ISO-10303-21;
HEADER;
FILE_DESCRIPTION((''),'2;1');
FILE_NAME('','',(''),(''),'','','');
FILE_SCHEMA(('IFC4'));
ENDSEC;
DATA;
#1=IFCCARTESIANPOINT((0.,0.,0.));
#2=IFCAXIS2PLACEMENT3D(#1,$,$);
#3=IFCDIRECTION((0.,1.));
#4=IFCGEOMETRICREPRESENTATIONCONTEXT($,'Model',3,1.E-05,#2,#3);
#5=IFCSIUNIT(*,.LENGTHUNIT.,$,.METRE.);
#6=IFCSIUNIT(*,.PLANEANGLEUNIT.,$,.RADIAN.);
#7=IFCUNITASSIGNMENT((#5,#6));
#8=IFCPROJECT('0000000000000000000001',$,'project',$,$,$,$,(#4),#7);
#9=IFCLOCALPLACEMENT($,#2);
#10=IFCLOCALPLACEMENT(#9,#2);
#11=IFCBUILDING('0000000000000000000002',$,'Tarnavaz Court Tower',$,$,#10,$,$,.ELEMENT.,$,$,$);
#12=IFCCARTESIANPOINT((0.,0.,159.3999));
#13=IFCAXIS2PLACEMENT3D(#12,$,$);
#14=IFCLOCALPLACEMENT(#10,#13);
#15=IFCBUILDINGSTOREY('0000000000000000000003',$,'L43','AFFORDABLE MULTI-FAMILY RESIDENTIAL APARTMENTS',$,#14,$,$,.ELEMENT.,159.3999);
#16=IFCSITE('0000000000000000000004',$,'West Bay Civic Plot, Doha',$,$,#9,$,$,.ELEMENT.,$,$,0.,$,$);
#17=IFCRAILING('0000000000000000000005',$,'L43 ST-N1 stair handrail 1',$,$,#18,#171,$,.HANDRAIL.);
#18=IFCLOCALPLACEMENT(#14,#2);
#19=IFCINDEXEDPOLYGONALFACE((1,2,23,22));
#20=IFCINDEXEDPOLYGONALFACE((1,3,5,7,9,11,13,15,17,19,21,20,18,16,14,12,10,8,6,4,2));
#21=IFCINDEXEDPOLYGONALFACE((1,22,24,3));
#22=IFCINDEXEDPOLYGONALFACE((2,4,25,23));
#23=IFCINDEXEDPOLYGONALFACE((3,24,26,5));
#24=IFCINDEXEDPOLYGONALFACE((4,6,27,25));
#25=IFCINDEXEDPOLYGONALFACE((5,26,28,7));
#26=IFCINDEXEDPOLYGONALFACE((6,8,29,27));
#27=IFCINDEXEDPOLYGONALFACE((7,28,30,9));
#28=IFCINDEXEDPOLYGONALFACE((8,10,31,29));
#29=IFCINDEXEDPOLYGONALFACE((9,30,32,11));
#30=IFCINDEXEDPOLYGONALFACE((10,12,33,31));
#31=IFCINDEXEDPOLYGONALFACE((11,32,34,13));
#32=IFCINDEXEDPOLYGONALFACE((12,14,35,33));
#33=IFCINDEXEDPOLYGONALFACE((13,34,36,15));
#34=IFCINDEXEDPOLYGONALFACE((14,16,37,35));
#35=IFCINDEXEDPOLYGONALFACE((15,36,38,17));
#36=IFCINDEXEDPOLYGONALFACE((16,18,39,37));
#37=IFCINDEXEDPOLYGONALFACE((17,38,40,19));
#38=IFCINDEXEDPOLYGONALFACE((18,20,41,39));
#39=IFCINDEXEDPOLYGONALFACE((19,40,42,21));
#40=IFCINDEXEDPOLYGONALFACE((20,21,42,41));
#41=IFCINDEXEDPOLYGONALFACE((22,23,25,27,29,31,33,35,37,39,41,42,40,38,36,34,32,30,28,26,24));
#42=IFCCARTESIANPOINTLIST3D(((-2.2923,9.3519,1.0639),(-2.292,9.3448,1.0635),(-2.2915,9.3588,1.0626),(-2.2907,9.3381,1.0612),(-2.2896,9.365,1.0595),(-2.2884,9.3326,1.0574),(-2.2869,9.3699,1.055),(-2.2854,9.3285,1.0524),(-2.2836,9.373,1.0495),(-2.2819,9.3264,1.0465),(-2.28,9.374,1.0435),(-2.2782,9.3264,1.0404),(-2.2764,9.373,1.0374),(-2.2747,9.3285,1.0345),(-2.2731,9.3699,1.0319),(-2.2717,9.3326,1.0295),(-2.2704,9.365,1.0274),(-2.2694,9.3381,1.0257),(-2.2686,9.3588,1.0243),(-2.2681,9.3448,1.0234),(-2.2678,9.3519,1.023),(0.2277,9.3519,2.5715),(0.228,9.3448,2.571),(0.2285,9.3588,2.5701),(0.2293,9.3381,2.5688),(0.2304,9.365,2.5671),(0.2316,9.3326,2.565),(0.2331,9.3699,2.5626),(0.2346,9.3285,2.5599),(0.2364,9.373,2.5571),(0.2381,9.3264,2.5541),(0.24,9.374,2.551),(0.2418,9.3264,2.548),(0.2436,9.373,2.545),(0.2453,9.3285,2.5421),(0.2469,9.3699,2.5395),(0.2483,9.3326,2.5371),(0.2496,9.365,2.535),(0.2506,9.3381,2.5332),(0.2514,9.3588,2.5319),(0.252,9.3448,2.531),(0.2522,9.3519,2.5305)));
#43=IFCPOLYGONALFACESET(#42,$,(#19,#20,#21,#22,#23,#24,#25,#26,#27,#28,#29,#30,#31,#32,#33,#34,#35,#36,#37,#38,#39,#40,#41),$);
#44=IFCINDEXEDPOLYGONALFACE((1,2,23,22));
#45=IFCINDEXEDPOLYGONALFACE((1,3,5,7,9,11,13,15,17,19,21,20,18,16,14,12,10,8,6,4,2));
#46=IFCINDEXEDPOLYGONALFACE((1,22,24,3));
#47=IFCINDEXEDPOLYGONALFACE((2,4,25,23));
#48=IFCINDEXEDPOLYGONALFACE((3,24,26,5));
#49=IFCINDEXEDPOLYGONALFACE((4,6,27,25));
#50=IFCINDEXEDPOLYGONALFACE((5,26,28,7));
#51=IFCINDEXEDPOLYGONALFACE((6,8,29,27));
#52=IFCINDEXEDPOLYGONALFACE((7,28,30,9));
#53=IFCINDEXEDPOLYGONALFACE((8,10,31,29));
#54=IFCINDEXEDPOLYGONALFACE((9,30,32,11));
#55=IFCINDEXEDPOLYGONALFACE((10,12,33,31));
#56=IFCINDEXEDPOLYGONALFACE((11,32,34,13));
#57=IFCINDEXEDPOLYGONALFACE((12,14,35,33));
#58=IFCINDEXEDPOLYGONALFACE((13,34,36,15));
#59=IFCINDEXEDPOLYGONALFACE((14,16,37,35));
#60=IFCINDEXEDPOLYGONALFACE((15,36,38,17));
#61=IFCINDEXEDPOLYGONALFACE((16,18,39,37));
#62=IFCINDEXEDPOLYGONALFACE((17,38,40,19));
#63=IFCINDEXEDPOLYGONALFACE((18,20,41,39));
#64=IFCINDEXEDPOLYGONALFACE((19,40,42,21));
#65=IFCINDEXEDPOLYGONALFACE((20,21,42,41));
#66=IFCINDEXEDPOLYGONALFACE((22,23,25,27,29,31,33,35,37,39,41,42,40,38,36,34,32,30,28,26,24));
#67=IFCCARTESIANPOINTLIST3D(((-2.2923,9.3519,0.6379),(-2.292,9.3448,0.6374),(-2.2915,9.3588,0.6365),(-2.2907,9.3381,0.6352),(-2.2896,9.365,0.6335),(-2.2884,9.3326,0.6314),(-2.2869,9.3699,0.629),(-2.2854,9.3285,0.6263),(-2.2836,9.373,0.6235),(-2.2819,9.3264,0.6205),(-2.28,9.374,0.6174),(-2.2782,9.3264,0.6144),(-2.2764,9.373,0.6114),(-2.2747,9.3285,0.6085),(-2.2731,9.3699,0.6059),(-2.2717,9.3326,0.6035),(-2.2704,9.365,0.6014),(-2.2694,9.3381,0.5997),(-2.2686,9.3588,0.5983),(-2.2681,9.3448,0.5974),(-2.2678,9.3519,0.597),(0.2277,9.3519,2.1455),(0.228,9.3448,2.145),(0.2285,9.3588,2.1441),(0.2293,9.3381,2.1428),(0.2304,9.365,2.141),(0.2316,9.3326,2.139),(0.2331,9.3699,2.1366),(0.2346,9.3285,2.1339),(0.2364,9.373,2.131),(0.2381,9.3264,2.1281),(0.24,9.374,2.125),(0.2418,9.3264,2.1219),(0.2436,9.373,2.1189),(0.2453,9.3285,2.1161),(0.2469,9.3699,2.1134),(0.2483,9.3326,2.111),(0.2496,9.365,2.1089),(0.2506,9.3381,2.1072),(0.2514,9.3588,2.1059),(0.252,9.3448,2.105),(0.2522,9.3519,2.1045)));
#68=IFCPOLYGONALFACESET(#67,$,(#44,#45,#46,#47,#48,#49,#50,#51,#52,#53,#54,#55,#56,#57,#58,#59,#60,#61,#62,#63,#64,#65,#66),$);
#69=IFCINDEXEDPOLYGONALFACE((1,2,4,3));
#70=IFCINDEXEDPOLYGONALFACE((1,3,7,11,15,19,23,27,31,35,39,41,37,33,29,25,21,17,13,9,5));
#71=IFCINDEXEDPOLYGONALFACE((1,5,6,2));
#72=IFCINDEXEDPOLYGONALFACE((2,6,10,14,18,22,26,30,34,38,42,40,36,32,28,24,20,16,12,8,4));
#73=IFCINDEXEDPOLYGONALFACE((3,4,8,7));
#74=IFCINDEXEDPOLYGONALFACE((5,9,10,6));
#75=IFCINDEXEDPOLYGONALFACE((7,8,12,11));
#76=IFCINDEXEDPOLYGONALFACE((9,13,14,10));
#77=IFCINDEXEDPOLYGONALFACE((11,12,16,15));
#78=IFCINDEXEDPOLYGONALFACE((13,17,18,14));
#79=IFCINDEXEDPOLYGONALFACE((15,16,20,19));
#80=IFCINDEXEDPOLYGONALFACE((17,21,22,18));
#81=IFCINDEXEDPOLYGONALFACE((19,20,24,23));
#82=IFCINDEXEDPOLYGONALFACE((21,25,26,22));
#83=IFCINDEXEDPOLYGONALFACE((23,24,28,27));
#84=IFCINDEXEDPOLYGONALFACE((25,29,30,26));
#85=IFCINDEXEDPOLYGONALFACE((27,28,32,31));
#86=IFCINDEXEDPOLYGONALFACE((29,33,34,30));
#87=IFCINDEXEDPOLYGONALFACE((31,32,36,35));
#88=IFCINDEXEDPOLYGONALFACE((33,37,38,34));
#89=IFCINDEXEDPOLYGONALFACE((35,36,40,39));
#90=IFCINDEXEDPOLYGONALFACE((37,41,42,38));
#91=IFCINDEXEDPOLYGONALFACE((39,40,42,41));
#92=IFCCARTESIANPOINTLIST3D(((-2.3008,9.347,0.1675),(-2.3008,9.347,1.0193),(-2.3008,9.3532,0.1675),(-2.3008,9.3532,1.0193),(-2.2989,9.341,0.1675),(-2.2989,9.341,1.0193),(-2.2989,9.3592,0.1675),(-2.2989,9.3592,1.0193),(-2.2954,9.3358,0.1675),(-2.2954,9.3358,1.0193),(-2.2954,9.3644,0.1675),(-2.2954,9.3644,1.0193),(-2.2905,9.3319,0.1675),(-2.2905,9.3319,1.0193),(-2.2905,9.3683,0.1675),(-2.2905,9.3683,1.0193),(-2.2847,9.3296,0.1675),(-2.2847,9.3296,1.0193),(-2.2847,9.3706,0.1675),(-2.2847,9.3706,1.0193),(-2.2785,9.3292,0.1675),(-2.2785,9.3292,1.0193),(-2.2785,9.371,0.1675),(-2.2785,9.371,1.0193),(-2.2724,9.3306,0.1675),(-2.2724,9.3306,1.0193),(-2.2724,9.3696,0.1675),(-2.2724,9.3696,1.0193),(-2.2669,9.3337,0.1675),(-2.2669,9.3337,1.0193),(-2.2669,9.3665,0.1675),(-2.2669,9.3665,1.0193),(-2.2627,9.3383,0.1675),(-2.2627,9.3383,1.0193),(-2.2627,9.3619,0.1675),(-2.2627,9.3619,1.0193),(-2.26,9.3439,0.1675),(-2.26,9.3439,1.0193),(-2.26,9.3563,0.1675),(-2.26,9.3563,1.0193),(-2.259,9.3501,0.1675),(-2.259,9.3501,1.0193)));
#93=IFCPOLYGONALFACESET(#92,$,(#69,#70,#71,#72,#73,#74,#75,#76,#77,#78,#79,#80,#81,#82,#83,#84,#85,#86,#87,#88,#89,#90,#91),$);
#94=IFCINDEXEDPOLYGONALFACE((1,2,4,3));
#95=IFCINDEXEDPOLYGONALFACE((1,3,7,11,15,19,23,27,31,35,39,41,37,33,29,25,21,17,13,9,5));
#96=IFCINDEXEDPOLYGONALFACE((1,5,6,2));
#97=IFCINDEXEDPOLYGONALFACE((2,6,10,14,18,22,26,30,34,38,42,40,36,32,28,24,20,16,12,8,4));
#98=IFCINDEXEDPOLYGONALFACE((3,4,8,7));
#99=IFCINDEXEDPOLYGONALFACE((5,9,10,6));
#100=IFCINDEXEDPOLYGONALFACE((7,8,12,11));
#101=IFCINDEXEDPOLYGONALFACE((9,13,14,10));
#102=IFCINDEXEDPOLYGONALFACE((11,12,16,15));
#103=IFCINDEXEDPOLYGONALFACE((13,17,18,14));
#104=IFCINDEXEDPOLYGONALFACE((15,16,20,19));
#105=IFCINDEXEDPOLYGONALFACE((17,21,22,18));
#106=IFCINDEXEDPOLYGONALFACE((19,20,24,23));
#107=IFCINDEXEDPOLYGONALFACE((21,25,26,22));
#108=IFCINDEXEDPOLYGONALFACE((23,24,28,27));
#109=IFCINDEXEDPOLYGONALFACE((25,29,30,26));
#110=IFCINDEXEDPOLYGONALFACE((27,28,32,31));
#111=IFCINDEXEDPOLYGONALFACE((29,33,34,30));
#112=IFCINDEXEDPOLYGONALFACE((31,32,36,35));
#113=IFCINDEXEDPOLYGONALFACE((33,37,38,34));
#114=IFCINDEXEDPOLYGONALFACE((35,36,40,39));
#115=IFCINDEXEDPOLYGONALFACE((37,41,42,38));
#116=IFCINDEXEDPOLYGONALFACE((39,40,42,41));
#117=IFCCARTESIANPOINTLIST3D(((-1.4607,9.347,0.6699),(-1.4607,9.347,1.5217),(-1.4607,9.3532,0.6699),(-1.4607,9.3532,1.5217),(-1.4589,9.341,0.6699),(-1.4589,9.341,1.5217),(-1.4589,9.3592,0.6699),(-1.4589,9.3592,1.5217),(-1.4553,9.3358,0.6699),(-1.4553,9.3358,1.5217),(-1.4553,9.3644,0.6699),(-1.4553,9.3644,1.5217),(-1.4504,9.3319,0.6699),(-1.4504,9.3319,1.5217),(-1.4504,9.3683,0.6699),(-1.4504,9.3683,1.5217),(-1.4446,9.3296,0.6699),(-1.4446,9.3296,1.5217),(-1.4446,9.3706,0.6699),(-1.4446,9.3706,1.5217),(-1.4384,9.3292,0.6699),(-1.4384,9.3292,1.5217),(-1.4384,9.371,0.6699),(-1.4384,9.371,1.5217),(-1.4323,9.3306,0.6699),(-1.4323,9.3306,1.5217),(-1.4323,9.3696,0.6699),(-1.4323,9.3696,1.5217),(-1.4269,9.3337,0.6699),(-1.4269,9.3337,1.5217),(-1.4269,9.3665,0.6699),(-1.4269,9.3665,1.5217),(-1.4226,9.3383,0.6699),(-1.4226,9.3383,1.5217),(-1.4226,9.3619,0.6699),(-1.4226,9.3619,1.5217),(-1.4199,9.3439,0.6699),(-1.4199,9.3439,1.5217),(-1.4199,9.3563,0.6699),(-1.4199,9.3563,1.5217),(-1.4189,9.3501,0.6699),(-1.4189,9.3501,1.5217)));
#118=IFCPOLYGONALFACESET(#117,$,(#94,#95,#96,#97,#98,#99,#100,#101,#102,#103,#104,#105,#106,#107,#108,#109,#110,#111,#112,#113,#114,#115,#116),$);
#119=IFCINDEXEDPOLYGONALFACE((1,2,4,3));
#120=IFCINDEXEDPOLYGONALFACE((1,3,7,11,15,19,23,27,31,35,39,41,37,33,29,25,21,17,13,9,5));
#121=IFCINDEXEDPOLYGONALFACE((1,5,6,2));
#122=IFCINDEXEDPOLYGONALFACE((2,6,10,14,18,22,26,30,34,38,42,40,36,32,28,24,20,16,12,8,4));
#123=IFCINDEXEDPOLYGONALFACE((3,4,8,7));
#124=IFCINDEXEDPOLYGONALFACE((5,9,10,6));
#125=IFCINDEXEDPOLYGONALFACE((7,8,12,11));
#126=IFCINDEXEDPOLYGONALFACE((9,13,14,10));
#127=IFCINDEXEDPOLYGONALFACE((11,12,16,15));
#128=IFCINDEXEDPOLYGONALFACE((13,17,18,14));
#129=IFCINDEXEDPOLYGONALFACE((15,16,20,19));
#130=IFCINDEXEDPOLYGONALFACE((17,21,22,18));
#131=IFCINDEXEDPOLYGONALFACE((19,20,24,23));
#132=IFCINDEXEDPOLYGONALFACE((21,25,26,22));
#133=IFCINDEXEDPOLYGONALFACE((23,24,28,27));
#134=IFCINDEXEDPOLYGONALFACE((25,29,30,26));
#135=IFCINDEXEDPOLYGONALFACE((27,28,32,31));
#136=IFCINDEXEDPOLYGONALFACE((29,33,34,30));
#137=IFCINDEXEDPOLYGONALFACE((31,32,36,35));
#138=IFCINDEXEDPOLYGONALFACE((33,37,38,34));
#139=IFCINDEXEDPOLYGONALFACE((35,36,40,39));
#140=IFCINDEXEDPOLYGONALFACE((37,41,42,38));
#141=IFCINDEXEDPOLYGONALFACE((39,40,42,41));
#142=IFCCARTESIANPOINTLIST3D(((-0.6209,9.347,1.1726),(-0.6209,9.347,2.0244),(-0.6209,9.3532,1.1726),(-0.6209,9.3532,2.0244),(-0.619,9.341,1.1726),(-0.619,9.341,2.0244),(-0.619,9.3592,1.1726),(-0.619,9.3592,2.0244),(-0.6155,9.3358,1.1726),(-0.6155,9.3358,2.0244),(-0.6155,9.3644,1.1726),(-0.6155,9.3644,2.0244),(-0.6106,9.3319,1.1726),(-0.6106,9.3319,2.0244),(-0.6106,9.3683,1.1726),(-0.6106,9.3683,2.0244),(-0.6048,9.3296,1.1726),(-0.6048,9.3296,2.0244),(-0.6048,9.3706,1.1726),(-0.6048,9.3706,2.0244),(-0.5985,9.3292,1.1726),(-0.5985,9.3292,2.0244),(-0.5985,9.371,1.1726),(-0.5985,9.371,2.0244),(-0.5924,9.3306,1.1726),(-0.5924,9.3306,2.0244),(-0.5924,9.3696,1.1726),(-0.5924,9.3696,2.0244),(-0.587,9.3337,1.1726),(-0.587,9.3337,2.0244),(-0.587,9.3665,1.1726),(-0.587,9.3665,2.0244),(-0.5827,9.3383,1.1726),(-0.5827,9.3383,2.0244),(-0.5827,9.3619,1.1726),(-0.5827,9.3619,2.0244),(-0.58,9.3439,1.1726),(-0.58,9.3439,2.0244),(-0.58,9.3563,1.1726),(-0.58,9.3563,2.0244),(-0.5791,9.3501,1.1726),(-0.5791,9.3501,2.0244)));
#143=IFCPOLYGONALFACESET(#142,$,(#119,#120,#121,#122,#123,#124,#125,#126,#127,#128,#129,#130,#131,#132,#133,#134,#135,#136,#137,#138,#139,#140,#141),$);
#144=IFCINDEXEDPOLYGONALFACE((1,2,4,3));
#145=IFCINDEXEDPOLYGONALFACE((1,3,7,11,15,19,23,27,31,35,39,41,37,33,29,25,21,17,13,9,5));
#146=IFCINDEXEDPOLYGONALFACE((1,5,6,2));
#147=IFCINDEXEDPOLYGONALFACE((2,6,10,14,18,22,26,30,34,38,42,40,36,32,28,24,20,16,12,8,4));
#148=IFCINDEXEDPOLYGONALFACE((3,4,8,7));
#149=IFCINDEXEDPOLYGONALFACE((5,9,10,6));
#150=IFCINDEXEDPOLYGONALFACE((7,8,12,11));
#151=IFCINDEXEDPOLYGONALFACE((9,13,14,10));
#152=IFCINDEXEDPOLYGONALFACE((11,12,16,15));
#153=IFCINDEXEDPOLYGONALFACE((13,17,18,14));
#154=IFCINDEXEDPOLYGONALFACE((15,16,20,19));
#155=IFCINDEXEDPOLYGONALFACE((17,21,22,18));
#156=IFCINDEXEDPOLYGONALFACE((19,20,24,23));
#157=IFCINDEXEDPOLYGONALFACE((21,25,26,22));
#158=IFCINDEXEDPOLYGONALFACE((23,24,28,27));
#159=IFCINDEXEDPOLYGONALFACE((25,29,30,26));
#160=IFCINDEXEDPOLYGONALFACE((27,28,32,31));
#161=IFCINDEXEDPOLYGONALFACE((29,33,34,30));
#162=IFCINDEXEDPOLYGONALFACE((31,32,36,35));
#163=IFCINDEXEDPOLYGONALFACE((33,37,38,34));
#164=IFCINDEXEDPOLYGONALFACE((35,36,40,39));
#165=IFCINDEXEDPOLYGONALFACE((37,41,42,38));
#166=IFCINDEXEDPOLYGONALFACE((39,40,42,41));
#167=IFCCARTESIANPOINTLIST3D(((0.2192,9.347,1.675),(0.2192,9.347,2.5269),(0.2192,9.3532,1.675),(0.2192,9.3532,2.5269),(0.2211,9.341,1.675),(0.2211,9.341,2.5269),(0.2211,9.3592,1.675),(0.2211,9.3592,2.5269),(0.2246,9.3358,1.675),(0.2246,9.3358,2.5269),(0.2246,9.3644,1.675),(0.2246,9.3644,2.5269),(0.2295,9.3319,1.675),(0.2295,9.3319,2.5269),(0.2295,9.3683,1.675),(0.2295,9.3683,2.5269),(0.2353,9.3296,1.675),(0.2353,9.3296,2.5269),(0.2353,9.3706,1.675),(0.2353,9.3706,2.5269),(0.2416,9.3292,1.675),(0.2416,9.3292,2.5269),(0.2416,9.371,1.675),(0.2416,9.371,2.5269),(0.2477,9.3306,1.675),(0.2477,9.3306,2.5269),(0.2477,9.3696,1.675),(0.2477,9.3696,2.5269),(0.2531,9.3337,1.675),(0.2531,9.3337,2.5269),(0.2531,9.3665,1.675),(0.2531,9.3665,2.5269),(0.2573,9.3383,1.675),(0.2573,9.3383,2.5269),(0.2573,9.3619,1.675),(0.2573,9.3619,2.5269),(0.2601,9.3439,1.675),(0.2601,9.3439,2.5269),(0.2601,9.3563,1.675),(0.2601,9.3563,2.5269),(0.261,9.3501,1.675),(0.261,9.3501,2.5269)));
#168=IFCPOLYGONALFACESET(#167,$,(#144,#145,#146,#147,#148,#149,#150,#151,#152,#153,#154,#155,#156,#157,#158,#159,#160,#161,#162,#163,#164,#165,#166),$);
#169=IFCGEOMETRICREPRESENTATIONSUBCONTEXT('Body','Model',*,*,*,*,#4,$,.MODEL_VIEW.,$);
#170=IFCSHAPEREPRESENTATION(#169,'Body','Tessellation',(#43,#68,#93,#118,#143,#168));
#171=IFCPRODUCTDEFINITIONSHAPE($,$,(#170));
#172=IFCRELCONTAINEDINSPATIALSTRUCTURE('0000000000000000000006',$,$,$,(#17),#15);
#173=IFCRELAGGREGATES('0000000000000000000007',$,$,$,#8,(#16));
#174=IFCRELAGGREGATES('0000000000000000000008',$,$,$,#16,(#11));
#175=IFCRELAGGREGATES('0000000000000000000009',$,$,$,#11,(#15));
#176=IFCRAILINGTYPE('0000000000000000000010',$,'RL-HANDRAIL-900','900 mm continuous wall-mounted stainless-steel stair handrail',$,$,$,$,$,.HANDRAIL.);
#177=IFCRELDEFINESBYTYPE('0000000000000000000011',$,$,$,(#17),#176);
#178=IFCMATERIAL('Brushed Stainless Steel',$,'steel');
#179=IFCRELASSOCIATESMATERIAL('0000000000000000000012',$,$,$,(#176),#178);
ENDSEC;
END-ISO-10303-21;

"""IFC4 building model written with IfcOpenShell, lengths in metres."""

from ifc_helpers import new_model, si_unit, direction, frame, origin, origin_2d, place, context, subcontext, project, spatial, circle, extrude, material, type_object, element, save


model = new_model("IFC4")

# Units and contexts
model_context = context("Model", 3, precision=1e-05, world=origin(), true_north=direction((0.0, 1.0)))
body_context = subcontext(model_context, "Body", "Model", "MODEL_VIEW")
ifc_project = project(units=[si_unit("LENGTHUNIT", "METRE"), si_unit("PLANEANGLEUNIT", "RADIAN")], contexts=[model_context])

# Site, building, storey
site_placement = place(None, origin())
site = spatial("IfcSite", under=ifc_project, at=site_placement, Name="West Bay Civic Plot, Doha", CompositionType="ELEMENT", RefElevation=0.0)
building_placement = place(site_placement, origin())
building = spatial("IfcBuilding", under=site, at=building_placement, Name="Tarnavaz Court Tower", CompositionType="ELEMENT")
storey_placement = place(building_placement, frame((0.0, 0.0, 159.3999)))
storey = spatial("IfcBuildingStorey", under=building, at=storey_placement, Name="L43", Description="AFFORDABLE MULTI-FAMILY RESIDENTIAL APARTMENTS", CompositionType="ELEMENT", Elevation=159.3999)

# Railing
ifc_material_1 = material(Name="Brushed Stainless Steel", Category="steel")
railing_type_1 = type_object("IfcRailingType", Name="RL-HANDRAIL-900", Description="900 mm continuous wall-mounted stainless-steel stair handrail", PredefinedType="HANDRAIL", material=ifc_material_1)
railing_1_placement = place(storey_placement, frame((-2.28, 9.3501, 0.1675)))
element("IfcRailing", 1, at=railing_1_placement, inside=storey, type_object=railing_type_1, Name="L43 ST-N1 stair handrail 1", PredefinedType="HANDRAIL", context=body_context, shape_type="SweptSolid", body=[
    extrude(circle(Radius=0.0239, at=origin_2d()), frame((0.0, 0.0, 0.876), z_axis=(0.85816, 0.0, 0.513383), x_axis=(0.0, 1.0, 0.0)), (0.0, 0.0, 1.0), 2.9365),
    extrude(circle(Radius=0.0239, at=origin_2d()), frame((0.0, 0.0, 0.45), z_axis=(0.85816, 0.0, 0.513383), x_axis=(0.0, 1.0, 0.0)), (0.0, 0.0, 1.0), 2.9365),
    extrude(circle(Radius=0.021, at=origin_2d()), origin(), (0.0, 0.0, 1.0), 0.8518),
    extrude(circle(Radius=0.021, at=origin_2d()), frame((0.8401, 0.0, 0.5024)), (0.0, 0.0, 1.0), 0.8518),
    extrude(circle(Radius=0.021, at=origin_2d()), frame((1.6799, 0.0, 1.0051)), (0.0, 0.0, 1.0), 0.8518),
    extrude(circle(Radius=0.021, at=origin_2d()), frame((2.52, 0.0, 1.5076)), (0.0, 0.0, 1.0), 0.8518),
])

save(model, "model.ifc")
